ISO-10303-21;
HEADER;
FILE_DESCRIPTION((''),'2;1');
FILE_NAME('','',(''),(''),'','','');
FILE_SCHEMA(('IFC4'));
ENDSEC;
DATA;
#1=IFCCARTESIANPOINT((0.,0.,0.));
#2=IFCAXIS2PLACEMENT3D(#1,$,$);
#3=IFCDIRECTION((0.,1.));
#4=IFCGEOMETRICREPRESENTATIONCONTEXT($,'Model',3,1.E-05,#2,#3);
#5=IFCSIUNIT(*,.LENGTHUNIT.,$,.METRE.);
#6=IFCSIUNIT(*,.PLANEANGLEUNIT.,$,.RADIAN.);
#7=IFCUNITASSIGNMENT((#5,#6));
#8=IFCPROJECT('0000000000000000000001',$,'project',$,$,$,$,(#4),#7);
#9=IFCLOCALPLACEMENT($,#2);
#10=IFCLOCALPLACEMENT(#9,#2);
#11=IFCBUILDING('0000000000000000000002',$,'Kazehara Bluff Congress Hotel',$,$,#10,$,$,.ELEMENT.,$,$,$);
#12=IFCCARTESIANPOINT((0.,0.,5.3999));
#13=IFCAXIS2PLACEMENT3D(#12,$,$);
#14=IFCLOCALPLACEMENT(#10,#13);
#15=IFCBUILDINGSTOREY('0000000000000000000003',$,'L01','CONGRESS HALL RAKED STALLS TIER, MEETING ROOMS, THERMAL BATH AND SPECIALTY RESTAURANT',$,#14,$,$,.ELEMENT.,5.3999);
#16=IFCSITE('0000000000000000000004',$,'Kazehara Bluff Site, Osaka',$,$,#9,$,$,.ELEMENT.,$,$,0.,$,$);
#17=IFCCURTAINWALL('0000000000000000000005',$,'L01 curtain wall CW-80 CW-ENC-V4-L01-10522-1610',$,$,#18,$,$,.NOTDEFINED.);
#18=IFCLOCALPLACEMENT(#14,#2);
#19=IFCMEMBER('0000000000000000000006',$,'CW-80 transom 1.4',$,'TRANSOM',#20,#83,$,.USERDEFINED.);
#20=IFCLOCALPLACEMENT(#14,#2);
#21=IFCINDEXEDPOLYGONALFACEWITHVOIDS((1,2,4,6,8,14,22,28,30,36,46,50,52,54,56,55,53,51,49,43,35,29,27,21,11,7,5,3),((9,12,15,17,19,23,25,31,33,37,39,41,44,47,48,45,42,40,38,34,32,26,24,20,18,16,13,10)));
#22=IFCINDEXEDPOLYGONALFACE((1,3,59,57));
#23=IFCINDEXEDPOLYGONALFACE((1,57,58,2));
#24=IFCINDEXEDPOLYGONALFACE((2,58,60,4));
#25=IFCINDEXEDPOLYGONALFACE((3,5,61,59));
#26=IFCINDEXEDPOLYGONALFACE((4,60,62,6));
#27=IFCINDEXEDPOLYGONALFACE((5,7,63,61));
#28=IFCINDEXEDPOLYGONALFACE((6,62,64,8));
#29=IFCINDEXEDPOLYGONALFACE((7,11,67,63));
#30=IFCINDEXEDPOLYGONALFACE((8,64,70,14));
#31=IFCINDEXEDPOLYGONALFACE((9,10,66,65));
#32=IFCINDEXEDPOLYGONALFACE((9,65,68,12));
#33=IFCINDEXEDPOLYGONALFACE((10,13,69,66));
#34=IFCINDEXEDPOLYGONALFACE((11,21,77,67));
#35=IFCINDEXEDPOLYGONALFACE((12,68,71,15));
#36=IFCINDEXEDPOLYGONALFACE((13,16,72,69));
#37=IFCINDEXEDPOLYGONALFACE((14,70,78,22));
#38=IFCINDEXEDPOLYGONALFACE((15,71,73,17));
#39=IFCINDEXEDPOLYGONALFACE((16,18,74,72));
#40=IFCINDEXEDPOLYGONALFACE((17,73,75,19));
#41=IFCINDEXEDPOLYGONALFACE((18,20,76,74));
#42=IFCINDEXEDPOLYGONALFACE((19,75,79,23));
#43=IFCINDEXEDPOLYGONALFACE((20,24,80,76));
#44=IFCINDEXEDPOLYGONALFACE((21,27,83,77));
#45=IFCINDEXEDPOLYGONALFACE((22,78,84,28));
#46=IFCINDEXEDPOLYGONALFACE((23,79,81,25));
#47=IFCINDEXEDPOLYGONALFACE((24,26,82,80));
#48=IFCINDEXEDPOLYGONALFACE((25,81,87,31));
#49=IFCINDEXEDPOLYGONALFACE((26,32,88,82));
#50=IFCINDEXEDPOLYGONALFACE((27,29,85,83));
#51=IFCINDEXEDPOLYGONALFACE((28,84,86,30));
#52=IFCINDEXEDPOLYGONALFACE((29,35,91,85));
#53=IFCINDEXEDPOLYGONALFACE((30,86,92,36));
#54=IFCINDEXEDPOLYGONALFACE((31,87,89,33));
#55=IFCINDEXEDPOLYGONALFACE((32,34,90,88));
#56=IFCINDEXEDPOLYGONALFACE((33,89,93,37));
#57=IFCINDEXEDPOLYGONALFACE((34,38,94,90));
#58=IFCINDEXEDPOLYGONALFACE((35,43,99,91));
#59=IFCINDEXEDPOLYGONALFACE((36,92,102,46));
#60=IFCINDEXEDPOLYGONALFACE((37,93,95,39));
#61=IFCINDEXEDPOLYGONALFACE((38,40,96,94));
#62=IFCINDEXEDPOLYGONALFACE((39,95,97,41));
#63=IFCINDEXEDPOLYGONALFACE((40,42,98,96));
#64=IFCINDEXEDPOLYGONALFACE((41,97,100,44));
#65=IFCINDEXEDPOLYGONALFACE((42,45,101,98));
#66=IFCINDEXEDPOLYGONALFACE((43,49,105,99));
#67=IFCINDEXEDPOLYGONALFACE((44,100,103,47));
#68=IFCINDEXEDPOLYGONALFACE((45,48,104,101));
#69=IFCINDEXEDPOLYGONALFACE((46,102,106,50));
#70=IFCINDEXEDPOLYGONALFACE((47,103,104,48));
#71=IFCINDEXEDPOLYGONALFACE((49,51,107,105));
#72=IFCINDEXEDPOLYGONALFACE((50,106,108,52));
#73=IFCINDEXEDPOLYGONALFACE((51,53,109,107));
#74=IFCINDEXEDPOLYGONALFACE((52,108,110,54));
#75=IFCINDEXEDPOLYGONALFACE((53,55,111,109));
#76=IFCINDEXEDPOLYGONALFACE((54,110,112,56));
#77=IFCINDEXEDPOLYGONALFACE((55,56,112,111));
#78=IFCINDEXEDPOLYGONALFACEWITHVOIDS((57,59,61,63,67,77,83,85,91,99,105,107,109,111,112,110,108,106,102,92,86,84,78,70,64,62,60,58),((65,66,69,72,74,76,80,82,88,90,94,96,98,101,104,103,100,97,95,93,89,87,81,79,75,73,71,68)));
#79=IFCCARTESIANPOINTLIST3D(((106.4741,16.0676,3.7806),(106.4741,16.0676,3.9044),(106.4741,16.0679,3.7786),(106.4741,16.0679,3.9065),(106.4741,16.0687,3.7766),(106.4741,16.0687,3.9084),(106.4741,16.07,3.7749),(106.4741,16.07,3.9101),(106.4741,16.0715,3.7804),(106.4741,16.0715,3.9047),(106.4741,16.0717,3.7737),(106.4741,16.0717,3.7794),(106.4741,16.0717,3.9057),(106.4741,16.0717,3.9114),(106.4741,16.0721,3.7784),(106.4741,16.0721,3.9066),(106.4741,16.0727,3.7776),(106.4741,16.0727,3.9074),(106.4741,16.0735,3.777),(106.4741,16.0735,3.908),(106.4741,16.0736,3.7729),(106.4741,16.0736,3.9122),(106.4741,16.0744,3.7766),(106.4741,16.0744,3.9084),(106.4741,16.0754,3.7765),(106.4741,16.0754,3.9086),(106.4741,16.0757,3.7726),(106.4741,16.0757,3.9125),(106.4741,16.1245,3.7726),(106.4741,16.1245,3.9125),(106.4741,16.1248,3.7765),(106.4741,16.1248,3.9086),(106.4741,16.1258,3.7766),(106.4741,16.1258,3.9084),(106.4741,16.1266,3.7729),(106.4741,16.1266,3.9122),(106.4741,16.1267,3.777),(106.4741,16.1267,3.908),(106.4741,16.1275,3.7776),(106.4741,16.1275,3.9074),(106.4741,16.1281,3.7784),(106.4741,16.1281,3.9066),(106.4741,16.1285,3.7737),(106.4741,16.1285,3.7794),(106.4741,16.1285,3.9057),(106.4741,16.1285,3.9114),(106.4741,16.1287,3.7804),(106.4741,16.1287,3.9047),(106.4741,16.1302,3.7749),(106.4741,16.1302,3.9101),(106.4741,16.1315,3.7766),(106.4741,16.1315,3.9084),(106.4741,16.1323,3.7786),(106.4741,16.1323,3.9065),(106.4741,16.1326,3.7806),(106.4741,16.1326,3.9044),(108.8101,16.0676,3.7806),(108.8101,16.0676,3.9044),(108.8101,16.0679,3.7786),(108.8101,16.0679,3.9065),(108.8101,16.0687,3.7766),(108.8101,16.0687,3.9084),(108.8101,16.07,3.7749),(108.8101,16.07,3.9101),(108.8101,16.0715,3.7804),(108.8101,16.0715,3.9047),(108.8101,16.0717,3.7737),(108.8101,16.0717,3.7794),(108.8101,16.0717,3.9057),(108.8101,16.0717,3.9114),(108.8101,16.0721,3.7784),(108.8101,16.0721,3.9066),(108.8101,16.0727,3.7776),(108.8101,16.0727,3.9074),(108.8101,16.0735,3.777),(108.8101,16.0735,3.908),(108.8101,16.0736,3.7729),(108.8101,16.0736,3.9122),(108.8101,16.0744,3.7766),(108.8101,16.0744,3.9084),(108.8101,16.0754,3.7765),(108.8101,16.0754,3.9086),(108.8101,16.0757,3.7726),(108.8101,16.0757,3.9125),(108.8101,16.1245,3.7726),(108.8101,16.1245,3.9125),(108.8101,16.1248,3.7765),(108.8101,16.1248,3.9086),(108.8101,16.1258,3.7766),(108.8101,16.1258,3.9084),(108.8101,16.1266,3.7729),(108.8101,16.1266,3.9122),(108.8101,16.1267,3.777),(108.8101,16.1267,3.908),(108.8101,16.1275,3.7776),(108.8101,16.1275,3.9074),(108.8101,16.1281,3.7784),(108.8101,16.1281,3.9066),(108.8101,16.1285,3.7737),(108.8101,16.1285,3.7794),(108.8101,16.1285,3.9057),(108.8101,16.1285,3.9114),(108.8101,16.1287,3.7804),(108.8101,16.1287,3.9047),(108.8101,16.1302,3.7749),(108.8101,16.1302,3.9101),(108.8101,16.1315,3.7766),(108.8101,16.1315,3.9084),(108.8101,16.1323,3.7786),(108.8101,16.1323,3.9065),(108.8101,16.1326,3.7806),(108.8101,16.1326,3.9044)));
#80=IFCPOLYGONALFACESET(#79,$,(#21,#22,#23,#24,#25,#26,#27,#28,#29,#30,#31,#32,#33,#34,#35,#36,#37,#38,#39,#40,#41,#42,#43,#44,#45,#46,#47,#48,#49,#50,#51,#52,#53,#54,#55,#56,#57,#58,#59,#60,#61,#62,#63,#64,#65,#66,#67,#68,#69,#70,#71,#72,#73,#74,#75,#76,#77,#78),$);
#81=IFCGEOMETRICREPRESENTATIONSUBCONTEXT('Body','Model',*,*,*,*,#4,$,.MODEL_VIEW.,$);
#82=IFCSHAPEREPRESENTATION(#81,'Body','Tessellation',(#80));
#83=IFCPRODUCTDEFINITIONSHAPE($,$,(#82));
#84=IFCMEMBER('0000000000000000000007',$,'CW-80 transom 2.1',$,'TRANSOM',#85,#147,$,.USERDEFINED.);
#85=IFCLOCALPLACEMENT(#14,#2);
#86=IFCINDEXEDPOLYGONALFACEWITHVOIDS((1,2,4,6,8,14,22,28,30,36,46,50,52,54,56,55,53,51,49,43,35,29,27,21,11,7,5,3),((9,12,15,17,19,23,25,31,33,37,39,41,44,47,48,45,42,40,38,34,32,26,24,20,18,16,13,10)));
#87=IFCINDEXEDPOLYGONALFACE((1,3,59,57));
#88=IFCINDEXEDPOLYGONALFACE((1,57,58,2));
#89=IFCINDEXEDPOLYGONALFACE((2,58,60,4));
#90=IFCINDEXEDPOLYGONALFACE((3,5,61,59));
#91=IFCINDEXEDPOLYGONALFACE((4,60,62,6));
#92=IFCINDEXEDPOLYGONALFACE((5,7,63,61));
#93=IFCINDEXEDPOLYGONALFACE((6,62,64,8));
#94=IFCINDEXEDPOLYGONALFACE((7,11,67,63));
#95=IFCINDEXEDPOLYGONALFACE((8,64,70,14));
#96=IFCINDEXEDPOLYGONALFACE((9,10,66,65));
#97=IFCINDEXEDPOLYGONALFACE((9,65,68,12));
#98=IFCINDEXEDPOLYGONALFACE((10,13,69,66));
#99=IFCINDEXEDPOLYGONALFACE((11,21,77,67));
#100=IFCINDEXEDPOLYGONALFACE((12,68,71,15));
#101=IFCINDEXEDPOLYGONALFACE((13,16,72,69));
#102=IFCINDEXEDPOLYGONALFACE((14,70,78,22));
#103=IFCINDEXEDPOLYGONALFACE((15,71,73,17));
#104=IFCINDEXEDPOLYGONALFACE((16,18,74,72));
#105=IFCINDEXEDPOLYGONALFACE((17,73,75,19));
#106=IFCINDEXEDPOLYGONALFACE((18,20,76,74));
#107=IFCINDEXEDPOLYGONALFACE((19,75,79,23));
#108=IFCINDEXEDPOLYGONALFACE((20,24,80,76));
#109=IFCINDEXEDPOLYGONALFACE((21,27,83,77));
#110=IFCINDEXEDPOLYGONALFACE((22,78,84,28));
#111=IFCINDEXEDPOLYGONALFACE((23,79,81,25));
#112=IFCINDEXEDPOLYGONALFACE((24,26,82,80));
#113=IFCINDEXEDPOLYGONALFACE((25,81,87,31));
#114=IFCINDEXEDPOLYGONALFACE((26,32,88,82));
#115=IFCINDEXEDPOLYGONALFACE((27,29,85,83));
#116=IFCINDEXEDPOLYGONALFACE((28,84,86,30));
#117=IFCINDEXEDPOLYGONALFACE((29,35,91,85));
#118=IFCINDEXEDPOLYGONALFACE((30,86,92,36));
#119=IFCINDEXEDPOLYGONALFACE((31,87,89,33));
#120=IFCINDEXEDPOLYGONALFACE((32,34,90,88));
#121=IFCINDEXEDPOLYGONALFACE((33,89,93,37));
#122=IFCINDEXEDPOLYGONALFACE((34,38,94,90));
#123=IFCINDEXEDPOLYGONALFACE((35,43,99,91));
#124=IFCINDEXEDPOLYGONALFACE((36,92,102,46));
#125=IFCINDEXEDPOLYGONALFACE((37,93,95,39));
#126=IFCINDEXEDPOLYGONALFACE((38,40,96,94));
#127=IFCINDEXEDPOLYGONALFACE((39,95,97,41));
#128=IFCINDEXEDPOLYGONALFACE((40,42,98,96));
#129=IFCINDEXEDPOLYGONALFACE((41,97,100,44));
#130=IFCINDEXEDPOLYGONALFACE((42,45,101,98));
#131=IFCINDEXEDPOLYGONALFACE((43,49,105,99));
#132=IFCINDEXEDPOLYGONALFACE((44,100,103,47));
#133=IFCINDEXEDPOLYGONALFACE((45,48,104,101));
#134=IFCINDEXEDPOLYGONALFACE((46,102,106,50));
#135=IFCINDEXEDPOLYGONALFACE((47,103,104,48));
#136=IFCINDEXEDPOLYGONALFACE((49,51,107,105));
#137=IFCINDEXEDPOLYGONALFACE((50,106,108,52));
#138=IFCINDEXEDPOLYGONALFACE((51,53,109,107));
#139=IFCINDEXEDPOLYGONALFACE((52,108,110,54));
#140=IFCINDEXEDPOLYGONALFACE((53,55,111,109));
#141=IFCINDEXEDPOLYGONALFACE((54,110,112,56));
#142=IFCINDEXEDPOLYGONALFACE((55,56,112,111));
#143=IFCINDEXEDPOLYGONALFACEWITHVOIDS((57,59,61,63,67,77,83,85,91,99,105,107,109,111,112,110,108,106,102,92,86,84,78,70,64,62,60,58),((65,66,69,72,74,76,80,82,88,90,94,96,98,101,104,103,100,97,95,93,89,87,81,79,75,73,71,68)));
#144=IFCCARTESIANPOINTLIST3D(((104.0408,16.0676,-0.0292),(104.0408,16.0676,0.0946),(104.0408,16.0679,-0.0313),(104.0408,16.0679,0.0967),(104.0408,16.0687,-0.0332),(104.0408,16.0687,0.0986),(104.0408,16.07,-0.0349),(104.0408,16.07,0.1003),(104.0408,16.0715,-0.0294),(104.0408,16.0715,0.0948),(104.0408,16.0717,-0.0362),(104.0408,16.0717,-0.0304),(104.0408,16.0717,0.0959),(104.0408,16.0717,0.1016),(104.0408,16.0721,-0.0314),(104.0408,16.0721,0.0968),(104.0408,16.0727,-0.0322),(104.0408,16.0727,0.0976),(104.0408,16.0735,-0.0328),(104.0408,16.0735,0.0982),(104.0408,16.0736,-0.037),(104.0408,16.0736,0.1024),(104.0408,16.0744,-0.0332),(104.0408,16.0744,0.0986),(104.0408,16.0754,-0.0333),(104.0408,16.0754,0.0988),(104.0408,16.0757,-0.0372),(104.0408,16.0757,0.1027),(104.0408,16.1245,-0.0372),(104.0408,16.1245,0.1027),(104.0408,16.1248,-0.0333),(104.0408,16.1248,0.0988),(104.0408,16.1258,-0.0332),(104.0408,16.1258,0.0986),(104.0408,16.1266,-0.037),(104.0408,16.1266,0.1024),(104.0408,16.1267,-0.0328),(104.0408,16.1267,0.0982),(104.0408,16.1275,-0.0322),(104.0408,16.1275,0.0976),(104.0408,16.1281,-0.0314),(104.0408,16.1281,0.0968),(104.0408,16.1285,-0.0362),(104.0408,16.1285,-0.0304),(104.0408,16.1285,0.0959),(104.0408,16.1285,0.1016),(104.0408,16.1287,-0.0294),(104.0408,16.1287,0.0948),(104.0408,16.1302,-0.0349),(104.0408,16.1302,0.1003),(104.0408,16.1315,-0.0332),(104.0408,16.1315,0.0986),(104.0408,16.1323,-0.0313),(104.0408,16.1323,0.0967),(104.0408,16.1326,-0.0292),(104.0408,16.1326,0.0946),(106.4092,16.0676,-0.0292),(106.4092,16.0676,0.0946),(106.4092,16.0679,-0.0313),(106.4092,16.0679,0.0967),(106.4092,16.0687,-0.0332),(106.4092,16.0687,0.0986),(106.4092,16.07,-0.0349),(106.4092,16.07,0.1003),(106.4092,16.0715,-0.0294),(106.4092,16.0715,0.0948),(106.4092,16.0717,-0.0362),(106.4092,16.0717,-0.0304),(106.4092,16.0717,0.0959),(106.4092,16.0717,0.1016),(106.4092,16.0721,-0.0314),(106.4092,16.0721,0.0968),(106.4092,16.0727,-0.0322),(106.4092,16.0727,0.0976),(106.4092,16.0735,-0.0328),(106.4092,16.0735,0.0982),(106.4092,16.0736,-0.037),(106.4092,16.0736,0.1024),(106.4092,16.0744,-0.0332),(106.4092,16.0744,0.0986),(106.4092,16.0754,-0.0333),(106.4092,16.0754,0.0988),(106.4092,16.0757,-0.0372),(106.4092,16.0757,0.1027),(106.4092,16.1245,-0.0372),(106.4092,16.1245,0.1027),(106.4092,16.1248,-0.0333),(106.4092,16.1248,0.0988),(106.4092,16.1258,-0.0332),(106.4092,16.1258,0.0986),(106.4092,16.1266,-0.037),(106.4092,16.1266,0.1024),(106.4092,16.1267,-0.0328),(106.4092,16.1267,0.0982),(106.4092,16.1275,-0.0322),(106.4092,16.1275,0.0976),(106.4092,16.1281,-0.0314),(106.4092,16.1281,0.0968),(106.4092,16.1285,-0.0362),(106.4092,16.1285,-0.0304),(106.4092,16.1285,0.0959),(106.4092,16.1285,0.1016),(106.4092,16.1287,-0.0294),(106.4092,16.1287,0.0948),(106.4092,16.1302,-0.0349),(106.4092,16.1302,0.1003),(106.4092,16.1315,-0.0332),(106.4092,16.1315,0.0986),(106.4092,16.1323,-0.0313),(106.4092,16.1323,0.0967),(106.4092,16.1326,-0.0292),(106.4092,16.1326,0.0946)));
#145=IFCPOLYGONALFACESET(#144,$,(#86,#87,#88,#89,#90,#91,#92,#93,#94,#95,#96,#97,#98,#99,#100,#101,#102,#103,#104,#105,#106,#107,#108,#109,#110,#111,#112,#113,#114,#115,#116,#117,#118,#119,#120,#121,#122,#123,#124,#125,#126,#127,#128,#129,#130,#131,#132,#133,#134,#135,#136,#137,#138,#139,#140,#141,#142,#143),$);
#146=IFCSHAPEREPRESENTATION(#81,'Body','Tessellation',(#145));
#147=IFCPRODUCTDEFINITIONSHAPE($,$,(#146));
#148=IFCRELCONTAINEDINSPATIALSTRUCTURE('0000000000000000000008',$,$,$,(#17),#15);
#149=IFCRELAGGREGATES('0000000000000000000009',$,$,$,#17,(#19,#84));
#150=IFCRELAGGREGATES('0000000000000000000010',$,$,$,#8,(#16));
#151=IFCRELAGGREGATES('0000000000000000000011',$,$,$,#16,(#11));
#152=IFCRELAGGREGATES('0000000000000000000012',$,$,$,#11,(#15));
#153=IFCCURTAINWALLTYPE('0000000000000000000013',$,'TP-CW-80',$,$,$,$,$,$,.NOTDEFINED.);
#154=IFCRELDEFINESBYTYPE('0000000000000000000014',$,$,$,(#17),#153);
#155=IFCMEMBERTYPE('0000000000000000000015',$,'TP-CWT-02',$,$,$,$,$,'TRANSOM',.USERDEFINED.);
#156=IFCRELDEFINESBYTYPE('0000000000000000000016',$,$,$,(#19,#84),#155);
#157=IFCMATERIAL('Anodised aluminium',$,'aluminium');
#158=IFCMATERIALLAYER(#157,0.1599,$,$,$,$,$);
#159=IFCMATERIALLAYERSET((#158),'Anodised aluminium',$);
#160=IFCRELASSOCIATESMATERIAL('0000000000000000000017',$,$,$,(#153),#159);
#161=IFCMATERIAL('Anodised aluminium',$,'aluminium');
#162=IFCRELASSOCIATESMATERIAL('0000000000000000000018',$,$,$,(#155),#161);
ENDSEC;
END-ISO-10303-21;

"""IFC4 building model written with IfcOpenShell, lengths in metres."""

from ifc_helpers import new_model, si_unit, direction, frame, origin, origin_2d, place, context, subcontext, project, spatial, hollow_rectangle, extrude, material, layer, layer_set, material_profile, profile_set, type_object, element, aggregate, save


model = new_model("IFC4")

# Units and contexts
model_context = context("Model", 3, precision=1e-05, world=origin(), true_north=direction((0.0, 1.0)))
body_context = subcontext(model_context, "Body", "Model", "MODEL_VIEW")
ifc_project = project(units=[si_unit("LENGTHUNIT", "METRE"), si_unit("PLANEANGLEUNIT", "RADIAN")], contexts=[model_context])

# Site, building, storey
site_placement = place(None, origin())
site = spatial("IfcSite", under=ifc_project, at=site_placement, Name="Kazehara Bluff Site, Osaka", CompositionType="ELEMENT", RefElevation=0.0)
building_placement = place(site_placement, origin())
building = spatial("IfcBuilding", under=site, at=building_placement, Name="Kazehara Bluff Congress Hotel", CompositionType="ELEMENT")
storey_placement = place(building_placement, frame((0.0, 0.0, 5.3999)))
storey = spatial("IfcBuildingStorey", under=building, at=storey_placement, Name="L01", Description="CONGRESS HALL RAKED STALLS TIER, MEETING ROOMS, THERMAL BATH AND SPECIALTY RESTAURANT", CompositionType="ELEMENT", Elevation=5.3999)

# Curtain wall, members
ifc_material_1 = material(Name="Anodised aluminium", Category="aluminium")
ifc_layer_1 = layer(ifc_material_1, 0.1599)
ifc_layer_set_1 = layer_set([ifc_layer_1], Name="Anodised aluminium")
curtain_wall_type = type_object("IfcCurtainWallType", Name="TP-CW-80", PredefinedType="NOTDEFINED", material=ifc_layer_set_1)
curtain_wall_placement = place(storey_placement, origin())
curtain_wall = element("IfcCurtainWall", 1, at=curtain_wall_placement, inside=storey, type_object=curtain_wall_type, Name="L01 curtain wall CW-80 CW-ENC-V4-L01-10522-1610", PredefinedType="NOTDEFINED")
ifc_material_2 = material(Name="Anodised aluminium", Category="aluminium")
ifc_material_profile_1 = material_profile(ifc_material_2, hollow_rectangle(XDim=0.0649, YDim=0.1399, WallThickness=0.0039, InnerFilletRadius=0.0039, OuterFilletRadius=0.0081, at=origin_2d()))
ifc_profile_set_1 = profile_set([ifc_material_profile_1], Name="Anodised aluminium")
member_type_1 = type_object("IfcMemberType", Name="TP-CWT-02", ElementType="TRANSOM", PredefinedType="USERDEFINED", material=ifc_profile_set_1)
member_1_placement = place(storey_placement, frame((108.8101, 16.1001, 3.8425), z_axis=(-1.0, 0.0, 0.0), x_axis=(0.0, -1.0, 0.0)))
member_1 = element("IfcMember", 2, at=member_1_placement, type_object=member_type_1, Name="CW-80 transom 1.4", ObjectType="TRANSOM", PredefinedType="USERDEFINED", context=body_context, shape_type="SweptSolid", body=[
    extrude(hollow_rectangle(XDim=0.0649, YDim=0.1399, WallThickness=0.0039, InnerFilletRadius=0.0039, OuterFilletRadius=0.0081, at=origin_2d()), origin(), (0.0, 0.0, 1.0), 2.3359),
])
member_2_placement = place(storey_placement, frame((106.4092, 16.1001, 0.0327), z_axis=(-1.0, 0.0, 0.0), x_axis=(0.0, -1.0, 0.0)))
member_2 = element("IfcMember", 3, at=member_2_placement, type_object=member_type_1, Name="CW-80 transom 2.1", ObjectType="TRANSOM", PredefinedType="USERDEFINED", context=body_context, shape_type="SweptSolid", body=[
    extrude(hollow_rectangle(XDim=0.0649, YDim=0.1399, WallThickness=0.0039, InnerFilletRadius=0.0039, OuterFilletRadius=0.0081, at=origin_2d()), origin(), (0.0, 0.0, 1.0), 2.3684),
])

aggregate(curtain_wall, [member_1, member_2])

save(model, "model.ifc")
